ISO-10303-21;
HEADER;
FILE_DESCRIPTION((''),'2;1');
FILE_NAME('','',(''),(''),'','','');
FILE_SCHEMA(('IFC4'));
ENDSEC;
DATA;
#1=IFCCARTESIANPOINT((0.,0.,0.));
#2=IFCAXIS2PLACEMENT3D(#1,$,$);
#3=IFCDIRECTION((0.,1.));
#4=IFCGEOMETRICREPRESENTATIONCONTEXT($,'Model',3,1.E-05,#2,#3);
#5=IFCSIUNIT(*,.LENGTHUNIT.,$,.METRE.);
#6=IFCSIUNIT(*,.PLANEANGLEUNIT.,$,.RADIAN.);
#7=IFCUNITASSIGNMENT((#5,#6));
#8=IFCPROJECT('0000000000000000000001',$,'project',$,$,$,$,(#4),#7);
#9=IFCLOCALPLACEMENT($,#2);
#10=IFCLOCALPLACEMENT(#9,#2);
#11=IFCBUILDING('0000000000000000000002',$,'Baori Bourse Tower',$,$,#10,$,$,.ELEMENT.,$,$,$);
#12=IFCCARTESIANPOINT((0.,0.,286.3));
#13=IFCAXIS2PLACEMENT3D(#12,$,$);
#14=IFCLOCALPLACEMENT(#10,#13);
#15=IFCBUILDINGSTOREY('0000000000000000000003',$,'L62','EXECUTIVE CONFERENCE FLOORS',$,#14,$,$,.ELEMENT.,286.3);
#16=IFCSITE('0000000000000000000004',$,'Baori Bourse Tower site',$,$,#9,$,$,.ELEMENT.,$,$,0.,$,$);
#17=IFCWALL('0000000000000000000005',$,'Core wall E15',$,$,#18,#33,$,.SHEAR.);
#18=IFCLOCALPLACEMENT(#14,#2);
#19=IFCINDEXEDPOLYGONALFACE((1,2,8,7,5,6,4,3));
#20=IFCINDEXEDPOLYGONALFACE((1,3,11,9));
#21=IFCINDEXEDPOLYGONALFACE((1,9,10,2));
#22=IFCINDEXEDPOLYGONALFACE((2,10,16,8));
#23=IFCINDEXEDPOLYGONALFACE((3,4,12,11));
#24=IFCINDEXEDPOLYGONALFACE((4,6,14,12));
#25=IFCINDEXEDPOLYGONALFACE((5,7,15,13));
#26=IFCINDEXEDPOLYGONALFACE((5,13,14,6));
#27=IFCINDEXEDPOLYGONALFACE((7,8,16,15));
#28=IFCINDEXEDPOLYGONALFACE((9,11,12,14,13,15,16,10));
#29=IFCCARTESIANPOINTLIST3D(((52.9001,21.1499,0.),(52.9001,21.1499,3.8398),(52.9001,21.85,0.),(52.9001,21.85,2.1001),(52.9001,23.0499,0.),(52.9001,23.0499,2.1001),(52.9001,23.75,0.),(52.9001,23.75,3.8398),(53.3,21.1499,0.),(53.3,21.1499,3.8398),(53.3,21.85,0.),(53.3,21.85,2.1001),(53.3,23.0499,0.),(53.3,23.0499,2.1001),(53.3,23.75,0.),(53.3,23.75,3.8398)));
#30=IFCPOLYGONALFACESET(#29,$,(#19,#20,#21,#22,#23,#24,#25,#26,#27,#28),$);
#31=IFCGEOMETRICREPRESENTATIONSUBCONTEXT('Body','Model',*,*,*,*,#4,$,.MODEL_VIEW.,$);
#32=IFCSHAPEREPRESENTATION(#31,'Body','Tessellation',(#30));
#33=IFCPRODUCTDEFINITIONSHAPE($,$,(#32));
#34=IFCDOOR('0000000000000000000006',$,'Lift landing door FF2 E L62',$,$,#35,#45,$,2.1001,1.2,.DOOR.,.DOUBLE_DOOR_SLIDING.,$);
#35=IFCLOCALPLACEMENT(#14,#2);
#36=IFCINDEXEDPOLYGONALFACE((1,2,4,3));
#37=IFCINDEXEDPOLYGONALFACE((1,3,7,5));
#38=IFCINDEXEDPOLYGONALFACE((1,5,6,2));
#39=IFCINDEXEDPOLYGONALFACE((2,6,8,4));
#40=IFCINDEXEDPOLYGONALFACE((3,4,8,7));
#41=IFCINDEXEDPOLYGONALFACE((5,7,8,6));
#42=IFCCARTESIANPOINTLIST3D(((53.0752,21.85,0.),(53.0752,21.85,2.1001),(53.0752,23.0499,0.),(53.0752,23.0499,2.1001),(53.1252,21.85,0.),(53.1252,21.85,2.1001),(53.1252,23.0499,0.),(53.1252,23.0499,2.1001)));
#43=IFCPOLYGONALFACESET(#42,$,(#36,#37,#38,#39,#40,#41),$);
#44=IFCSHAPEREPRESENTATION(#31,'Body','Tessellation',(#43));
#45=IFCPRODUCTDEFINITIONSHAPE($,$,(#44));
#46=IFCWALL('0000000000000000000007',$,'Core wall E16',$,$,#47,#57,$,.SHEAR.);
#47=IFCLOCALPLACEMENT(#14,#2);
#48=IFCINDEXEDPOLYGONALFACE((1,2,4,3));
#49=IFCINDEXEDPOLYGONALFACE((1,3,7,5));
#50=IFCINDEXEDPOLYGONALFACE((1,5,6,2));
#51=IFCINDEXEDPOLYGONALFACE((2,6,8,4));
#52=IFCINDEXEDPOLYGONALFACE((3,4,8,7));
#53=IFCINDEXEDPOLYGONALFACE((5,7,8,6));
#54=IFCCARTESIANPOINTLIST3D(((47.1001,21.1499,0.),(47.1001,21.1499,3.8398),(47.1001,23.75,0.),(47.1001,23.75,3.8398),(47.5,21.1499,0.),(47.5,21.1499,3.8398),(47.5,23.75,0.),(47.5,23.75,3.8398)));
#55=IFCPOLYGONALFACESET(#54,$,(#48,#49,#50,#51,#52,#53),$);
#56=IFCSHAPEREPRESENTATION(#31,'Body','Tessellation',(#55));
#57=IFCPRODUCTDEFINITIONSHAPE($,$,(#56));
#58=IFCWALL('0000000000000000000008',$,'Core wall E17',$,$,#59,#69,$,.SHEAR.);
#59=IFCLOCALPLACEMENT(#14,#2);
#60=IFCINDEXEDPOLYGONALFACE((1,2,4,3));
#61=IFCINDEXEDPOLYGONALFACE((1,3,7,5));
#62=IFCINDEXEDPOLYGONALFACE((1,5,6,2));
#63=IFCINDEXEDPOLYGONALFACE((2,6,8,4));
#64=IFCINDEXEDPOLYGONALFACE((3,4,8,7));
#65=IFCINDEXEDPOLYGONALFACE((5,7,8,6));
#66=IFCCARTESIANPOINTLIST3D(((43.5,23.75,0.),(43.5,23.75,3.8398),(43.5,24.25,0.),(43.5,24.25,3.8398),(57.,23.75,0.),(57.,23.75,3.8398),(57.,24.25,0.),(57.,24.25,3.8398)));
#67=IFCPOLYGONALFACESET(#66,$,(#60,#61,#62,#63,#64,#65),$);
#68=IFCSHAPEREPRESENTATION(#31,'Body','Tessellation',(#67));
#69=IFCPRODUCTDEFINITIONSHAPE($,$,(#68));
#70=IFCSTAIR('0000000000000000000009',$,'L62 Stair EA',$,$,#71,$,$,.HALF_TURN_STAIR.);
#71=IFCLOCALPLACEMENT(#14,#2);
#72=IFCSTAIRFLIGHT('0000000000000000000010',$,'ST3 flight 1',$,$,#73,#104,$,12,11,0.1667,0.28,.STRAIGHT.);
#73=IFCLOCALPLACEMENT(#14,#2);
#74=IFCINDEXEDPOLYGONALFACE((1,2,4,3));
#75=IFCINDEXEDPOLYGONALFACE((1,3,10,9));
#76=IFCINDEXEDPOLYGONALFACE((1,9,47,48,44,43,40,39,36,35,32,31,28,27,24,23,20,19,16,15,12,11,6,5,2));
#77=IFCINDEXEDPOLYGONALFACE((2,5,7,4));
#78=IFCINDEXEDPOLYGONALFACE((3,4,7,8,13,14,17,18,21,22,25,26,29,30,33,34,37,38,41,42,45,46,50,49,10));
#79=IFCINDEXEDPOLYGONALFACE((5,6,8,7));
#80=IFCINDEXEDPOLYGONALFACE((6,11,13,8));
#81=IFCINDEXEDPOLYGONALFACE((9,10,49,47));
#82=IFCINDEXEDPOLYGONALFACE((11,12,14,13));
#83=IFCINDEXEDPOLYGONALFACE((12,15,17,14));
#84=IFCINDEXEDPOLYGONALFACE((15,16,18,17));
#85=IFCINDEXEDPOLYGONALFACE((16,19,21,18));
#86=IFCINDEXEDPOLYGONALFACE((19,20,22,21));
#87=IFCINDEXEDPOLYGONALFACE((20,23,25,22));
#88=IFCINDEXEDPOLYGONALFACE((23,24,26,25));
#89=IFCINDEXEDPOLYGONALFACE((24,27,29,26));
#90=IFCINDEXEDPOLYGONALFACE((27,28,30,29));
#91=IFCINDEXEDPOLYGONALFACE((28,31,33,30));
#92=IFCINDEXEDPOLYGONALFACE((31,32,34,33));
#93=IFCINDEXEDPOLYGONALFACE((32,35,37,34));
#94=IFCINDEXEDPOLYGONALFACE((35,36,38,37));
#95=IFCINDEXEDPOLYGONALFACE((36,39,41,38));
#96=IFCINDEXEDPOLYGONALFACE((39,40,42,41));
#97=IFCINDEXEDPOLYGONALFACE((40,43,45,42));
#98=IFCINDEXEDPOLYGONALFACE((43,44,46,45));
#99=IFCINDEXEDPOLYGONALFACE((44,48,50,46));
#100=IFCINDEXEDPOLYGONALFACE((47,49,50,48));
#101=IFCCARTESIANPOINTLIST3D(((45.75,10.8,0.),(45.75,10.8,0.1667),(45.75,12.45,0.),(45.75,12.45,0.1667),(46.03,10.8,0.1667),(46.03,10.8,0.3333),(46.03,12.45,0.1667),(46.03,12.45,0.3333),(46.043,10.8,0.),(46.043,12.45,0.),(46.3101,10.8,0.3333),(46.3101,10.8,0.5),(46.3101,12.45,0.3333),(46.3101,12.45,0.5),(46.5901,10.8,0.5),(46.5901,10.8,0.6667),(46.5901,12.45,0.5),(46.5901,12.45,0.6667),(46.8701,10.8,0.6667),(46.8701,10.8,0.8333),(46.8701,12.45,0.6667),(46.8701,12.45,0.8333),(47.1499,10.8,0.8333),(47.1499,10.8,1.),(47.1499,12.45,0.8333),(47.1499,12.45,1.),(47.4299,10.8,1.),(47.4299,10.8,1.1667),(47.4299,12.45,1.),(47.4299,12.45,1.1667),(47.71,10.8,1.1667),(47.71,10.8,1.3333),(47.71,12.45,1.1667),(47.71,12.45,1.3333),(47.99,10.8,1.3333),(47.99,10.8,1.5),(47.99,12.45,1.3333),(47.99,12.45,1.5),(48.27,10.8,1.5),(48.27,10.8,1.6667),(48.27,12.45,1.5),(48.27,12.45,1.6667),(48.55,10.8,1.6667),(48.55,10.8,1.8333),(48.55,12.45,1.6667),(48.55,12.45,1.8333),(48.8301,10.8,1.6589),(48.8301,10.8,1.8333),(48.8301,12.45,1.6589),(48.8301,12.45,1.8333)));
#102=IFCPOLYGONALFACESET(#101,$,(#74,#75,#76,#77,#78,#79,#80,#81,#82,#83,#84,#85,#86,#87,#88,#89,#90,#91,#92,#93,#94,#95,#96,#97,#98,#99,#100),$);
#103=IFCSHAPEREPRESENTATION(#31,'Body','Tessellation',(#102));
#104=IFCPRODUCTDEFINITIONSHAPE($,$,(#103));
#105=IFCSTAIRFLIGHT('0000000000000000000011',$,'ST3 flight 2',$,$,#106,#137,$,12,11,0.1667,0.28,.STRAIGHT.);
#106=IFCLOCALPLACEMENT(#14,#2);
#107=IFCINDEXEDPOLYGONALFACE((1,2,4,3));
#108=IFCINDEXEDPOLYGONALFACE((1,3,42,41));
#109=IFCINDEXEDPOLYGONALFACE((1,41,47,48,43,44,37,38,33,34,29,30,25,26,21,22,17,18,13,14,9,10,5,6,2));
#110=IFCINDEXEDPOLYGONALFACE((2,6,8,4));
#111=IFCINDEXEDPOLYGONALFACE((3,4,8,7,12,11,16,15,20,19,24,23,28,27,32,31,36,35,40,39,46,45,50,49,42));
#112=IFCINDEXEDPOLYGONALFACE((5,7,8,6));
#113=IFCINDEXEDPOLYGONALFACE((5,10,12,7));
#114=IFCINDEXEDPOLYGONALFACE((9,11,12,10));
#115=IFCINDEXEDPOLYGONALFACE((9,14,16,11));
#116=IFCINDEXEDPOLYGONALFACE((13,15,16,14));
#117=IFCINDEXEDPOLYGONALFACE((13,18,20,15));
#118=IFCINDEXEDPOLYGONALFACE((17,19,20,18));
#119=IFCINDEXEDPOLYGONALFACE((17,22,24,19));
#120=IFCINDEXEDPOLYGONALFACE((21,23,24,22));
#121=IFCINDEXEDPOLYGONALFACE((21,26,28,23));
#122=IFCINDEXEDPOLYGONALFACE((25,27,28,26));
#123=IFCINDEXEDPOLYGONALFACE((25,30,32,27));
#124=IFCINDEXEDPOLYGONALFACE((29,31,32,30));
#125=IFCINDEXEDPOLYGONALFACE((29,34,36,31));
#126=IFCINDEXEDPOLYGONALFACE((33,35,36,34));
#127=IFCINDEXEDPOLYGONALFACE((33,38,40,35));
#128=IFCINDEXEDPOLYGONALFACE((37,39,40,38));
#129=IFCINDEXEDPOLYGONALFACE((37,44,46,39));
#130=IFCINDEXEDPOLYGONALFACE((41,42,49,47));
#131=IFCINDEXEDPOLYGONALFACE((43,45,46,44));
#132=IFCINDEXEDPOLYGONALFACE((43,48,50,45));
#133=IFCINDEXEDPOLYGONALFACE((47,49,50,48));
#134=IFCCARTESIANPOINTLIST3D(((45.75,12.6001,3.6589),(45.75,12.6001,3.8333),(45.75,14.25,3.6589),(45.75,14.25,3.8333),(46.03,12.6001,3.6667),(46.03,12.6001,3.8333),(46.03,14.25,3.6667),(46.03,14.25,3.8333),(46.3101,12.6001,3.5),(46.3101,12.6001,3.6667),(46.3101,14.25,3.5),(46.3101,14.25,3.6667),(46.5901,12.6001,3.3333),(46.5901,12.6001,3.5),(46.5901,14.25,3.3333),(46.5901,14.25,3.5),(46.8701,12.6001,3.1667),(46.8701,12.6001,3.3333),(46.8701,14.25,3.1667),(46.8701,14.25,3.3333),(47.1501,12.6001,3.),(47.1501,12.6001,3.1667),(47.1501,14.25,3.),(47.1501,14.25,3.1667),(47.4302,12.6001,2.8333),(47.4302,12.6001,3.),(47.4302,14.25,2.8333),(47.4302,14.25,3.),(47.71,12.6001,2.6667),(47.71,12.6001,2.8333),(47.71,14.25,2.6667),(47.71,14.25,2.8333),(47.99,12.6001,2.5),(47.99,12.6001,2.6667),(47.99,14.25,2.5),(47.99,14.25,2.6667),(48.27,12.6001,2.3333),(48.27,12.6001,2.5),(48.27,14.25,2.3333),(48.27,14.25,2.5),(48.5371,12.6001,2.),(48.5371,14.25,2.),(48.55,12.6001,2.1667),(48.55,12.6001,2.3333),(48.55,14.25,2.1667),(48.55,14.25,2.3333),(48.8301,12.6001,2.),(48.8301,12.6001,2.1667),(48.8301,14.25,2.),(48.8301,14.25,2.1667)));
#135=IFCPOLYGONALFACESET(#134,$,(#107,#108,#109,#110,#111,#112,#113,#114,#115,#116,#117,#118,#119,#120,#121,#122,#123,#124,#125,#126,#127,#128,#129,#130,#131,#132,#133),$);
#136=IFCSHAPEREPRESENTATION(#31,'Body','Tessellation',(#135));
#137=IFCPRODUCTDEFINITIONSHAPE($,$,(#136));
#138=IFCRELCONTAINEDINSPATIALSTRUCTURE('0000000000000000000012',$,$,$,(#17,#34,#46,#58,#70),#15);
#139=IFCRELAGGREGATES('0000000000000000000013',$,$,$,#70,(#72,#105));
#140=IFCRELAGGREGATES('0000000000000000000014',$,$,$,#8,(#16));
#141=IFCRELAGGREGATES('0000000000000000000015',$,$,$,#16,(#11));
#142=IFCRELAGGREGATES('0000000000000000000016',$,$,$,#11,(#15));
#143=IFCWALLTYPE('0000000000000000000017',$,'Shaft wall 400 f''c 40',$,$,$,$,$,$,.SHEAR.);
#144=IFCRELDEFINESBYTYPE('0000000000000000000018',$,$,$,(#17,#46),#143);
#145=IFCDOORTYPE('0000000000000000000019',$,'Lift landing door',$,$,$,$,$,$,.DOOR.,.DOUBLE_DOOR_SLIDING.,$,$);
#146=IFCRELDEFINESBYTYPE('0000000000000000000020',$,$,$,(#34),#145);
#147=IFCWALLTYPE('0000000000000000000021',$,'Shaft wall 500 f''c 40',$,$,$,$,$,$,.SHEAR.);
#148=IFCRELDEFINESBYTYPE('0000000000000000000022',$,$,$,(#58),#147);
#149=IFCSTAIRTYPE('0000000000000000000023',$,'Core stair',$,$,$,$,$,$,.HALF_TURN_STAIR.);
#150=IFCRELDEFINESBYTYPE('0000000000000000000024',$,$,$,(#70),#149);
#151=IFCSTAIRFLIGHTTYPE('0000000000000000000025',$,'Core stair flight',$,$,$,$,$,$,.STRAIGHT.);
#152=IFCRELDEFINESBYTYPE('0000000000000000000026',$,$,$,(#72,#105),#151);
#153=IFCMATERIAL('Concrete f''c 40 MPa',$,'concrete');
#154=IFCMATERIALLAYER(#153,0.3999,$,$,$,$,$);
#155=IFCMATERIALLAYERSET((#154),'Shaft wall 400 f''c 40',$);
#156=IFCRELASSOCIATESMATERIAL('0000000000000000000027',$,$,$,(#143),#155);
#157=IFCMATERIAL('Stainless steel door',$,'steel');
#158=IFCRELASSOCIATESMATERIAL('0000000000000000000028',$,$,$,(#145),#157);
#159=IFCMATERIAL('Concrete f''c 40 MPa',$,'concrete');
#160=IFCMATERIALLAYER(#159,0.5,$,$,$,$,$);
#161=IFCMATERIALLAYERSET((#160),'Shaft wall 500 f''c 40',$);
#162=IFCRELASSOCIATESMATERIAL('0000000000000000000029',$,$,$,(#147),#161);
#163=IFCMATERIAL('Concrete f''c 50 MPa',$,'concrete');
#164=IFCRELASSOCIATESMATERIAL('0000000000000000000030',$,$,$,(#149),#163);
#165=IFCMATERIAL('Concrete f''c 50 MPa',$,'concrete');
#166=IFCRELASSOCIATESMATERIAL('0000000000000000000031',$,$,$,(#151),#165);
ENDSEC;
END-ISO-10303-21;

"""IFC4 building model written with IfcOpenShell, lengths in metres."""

from ifc_helpers import new_model, si_unit, direction, frame, frame_2d, origin, place, context, subcontext, project, spatial, polyline, rectangle, outline, extrude, material, layer, layer_set, type_object, element, fill, aggregate, save


model = new_model("IFC4")

# Units and contexts
model_context = context("Model", 3, precision=1e-05, world=origin(), true_north=direction((0.0, 1.0)))
body_context = subcontext(model_context, "Body", "Model", "MODEL_VIEW")
ifc_project = project(units=[si_unit("LENGTHUNIT", "METRE"), si_unit("PLANEANGLEUNIT", "RADIAN")], contexts=[model_context])

# Site, building, storey
site_placement = place(None, origin())
site = spatial("IfcSite", under=ifc_project, at=site_placement, Name="Baori Bourse Tower site", CompositionType="ELEMENT", RefElevation=0.0)
building_placement = place(site_placement, origin())
building = spatial("IfcBuilding", under=site, at=building_placement, Name="Baori Bourse Tower", CompositionType="ELEMENT")
storey_placement = place(building_placement, frame((0.0, 0.0, 286.3)))
storey = spatial("IfcBuildingStorey", under=building, at=storey_placement, Name="L62", Description="EXECUTIVE CONFERENCE FLOORS", CompositionType="ELEMENT", Elevation=286.3)

# Shared definitions
ifc_material_1 = material(Name="Concrete f'c 40 MPa", Category="concrete")
ifc_layer_1 = layer(ifc_material_1, 0.3999)
ifc_layer_set_1 = layer_set([ifc_layer_1], Name="Shaft wall 400 f'c 40")
wall_type_1 = type_object("IfcWallType", Name="Shaft wall 400 f'c 40", PredefinedType="SHEAR", material=ifc_layer_set_1)

# Wall, opening, door
wall_1_placement = place(storey_placement, frame((53.1001, 21.1499, 0.0), z_axis=(0.0, 0.0, 1.0), x_axis=(0.0, 1.0, 0.0)))
wall_1 = element("IfcWall", 1, at=wall_1_placement, inside=storey, type_object=wall_type_1, Name="Core wall E15", PredefinedType="SHEAR", context=body_context, shape_type="SweptSolid", body=[
    extrude(rectangle(XDim=2.6001, YDim=0.3999, at=frame_2d((1.3, 0.0))), origin(), (0.0, 0.0, 1.0), 3.8398),
])
opening_1_placement = place(wall_1_placement, frame((0.7, 0.0, 0.0)))
opening_1 = element("IfcOpeningElement", 2, at=opening_1_placement, cuts=wall_1, PredefinedType="OPENING", context=body_context, shape_type="SweptSolid", body=[
    extrude(rectangle(XDim=1.2, YDim=2.1001, at=frame_2d((0.6001, 1.05))), frame((0.0, 0.21, 0.0), z_axis=(0.0, -1.0, 0.0), x_axis=(1.0, 0.0, 0.0)), (0.0, 0.0, 1.0), 0.4199),
])
ifc_material_2 = material(Name="Stainless steel door", Category="steel")
door_type_1 = type_object("IfcDoorType", Name="Lift landing door", OperationType="DOUBLE_DOOR_SLIDING", PredefinedType="DOOR", material=ifc_material_2)
door_1_placement = place(opening_1_placement, origin())
door_1 = element("IfcDoor", 3, at=door_1_placement, inside=storey, type_object=door_type_1, Name="Lift landing door FF2 E L62", OperationType="DOUBLE_DOOR_SLIDING", OverallHeight=2.1001, OverallWidth=1.2, PredefinedType="DOOR", context=body_context, shape_type="SweptSolid", body=[
    extrude(rectangle(XDim=1.2, YDim=2.1001, at=frame_2d((0.6001, 1.05))), frame((0.0, 0.0249, 0.0), z_axis=(0.0, -1.0, 0.0), x_axis=(1.0, 0.0, 0.0)), (0.0, 0.0, 1.0), 0.05),
])
fill(opening_1, door_1)

# Walls
wall_2_placement = place(storey_placement, frame((47.3, 21.1499, 0.0), z_axis=(0.0, 0.0, 1.0), x_axis=(0.0, 1.0, 0.0)))
element("IfcWall", 4, at=wall_2_placement, inside=storey, type_object=wall_type_1, Name="Core wall E16", PredefinedType="SHEAR", context=body_context, shape_type="SweptSolid", body=[
    extrude(rectangle(XDim=2.6001, YDim=0.3999, at=frame_2d((1.3, 0.0))), origin(), (0.0, 0.0, 1.0), 3.8398),
])
ifc_material_3 = material(Name="Concrete f'c 40 MPa", Category="concrete")
ifc_layer_2 = layer(ifc_material_3, 0.5)
ifc_layer_set_2 = layer_set([ifc_layer_2], Name="Shaft wall 500 f'c 40")
wall_type_2 = type_object("IfcWallType", Name="Shaft wall 500 f'c 40", PredefinedType="SHEAR", material=ifc_layer_set_2)
wall_3_placement = place(storey_placement, frame((43.5, 24.0, 0.0), z_axis=(0.0, 0.0, 1.0), x_axis=(1.0, 0.0, 0.0)))
element("IfcWall", 5, at=wall_3_placement, inside=storey, type_object=wall_type_2, Name="Core wall E17", PredefinedType="SHEAR", context=body_context, shape_type="SweptSolid", body=[
    extrude(rectangle(XDim=13.5, YDim=0.5, at=frame_2d((6.75, 0.0))), origin(), (0.0, 0.0, 1.0), 3.8398),
])

# Stair, stair flights
ifc_material_4 = material(Name="Concrete f'c 50 MPa", Category="concrete")
stair_type = type_object("IfcStairType", Name="Core stair", PredefinedType="HALF_TURN_STAIR", material=ifc_material_4)
stair_placement = place(storey_placement, origin())
stair = element("IfcStair", 6, at=stair_placement, inside=storey, type_object=stair_type, Name="L62 Stair EA", PredefinedType="HALF_TURN_STAIR")
ifc_material_5 = material(Name="Concrete f'c 50 MPa", Category="concrete")
stair_flight_type = type_object("IfcStairFlightType", Name="Core stair flight", PredefinedType="STRAIGHT", material=ifc_material_5)
stair_flight_1_placement = place(storey_placement, frame((45.75, 11.625, 0.0), z_axis=(0.0, 0.0, 1.0), x_axis=(1.0, 0.0, 0.0)))
stair_flight_1 = element("IfcStairFlight", 7, at=stair_flight_1_placement, type_object=stair_flight_type, Name="ST3 flight 1", NumberOfRisers=12, NumberOfTreads=11, PredefinedType="STRAIGHT", RiserHeight=0.1667, TreadLength=0.28, context=body_context, shape_type="SweptSolid", body=[
    extrude(outline(polyline([(0.0, 0.0), (0.0, 0.1667), (0.28, 0.1667), (0.28, 0.3333), (0.5601, 0.3333), (0.5601, 0.5), (0.8401, 0.5), (0.8401, 0.6667), (1.1201, 0.6667), (1.1201, 0.8333), (1.3999, 0.8333), (1.3999, 1.0), (1.6799, 1.0), (1.6799, 1.1667), (1.96, 1.1667), (1.96, 1.3333), (2.24, 1.3333), (2.24, 1.5), (2.52, 1.5), (2.52, 1.6667), (2.8, 1.6667), (2.8, 1.8333), (3.0801, 1.8333), (3.0801, 2.0), (3.0801, 1.6589), (0.293, 0.0), (0.0, 0.0)])), frame((0.0, 0.825, 0.0), z_axis=(0.0, -1.0, 0.0), x_axis=(1.0, 0.0, 0.0)), (0.0, 0.0, 1.0), 1.6499),
])
stair_flight_2_placement = place(storey_placement, frame((48.8301, 13.425, 2.0), z_axis=(0.0, 0.0, 1.0), x_axis=(-1.0, 0.0, 0.0)))
stair_flight_2 = element("IfcStairFlight", 8, at=stair_flight_2_placement, type_object=stair_flight_type, Name="ST3 flight 2", NumberOfRisers=12, NumberOfTreads=11, PredefinedType="STRAIGHT", RiserHeight=0.1667, TreadLength=0.28, context=body_context, shape_type="SweptSolid", body=[
    extrude(outline(polyline([(0.0, 0.0), (0.0, 0.1667), (0.28, 0.1667), (0.28, 0.3333), (0.5601, 0.3333), (0.5601, 0.5), (0.8401, 0.5), (0.8401, 0.6667), (1.1201, 0.6667), (1.1201, 0.8333), (1.3999, 0.8333), (1.3999, 1.0), (1.6799, 1.0), (1.6799, 1.1667), (1.96, 1.1667), (1.96, 1.3333), (2.24, 1.3333), (2.24, 1.5), (2.52, 1.5), (2.52, 1.6667), (2.8, 1.6667), (2.8, 1.8333), (3.0801, 1.8333), (3.0801, 2.0), (3.0801, 1.6589), (0.293, 0.0), (0.0, 0.0)])), frame((0.0, 0.825, 0.0), z_axis=(0.0, -1.0, 0.0), x_axis=(1.0, 0.0, 0.0)), (0.0, 0.0, 1.0), 1.6499),
])
aggregate(stair, [stair_flight_1, stair_flight_2])

save(model, "model.ifc")
